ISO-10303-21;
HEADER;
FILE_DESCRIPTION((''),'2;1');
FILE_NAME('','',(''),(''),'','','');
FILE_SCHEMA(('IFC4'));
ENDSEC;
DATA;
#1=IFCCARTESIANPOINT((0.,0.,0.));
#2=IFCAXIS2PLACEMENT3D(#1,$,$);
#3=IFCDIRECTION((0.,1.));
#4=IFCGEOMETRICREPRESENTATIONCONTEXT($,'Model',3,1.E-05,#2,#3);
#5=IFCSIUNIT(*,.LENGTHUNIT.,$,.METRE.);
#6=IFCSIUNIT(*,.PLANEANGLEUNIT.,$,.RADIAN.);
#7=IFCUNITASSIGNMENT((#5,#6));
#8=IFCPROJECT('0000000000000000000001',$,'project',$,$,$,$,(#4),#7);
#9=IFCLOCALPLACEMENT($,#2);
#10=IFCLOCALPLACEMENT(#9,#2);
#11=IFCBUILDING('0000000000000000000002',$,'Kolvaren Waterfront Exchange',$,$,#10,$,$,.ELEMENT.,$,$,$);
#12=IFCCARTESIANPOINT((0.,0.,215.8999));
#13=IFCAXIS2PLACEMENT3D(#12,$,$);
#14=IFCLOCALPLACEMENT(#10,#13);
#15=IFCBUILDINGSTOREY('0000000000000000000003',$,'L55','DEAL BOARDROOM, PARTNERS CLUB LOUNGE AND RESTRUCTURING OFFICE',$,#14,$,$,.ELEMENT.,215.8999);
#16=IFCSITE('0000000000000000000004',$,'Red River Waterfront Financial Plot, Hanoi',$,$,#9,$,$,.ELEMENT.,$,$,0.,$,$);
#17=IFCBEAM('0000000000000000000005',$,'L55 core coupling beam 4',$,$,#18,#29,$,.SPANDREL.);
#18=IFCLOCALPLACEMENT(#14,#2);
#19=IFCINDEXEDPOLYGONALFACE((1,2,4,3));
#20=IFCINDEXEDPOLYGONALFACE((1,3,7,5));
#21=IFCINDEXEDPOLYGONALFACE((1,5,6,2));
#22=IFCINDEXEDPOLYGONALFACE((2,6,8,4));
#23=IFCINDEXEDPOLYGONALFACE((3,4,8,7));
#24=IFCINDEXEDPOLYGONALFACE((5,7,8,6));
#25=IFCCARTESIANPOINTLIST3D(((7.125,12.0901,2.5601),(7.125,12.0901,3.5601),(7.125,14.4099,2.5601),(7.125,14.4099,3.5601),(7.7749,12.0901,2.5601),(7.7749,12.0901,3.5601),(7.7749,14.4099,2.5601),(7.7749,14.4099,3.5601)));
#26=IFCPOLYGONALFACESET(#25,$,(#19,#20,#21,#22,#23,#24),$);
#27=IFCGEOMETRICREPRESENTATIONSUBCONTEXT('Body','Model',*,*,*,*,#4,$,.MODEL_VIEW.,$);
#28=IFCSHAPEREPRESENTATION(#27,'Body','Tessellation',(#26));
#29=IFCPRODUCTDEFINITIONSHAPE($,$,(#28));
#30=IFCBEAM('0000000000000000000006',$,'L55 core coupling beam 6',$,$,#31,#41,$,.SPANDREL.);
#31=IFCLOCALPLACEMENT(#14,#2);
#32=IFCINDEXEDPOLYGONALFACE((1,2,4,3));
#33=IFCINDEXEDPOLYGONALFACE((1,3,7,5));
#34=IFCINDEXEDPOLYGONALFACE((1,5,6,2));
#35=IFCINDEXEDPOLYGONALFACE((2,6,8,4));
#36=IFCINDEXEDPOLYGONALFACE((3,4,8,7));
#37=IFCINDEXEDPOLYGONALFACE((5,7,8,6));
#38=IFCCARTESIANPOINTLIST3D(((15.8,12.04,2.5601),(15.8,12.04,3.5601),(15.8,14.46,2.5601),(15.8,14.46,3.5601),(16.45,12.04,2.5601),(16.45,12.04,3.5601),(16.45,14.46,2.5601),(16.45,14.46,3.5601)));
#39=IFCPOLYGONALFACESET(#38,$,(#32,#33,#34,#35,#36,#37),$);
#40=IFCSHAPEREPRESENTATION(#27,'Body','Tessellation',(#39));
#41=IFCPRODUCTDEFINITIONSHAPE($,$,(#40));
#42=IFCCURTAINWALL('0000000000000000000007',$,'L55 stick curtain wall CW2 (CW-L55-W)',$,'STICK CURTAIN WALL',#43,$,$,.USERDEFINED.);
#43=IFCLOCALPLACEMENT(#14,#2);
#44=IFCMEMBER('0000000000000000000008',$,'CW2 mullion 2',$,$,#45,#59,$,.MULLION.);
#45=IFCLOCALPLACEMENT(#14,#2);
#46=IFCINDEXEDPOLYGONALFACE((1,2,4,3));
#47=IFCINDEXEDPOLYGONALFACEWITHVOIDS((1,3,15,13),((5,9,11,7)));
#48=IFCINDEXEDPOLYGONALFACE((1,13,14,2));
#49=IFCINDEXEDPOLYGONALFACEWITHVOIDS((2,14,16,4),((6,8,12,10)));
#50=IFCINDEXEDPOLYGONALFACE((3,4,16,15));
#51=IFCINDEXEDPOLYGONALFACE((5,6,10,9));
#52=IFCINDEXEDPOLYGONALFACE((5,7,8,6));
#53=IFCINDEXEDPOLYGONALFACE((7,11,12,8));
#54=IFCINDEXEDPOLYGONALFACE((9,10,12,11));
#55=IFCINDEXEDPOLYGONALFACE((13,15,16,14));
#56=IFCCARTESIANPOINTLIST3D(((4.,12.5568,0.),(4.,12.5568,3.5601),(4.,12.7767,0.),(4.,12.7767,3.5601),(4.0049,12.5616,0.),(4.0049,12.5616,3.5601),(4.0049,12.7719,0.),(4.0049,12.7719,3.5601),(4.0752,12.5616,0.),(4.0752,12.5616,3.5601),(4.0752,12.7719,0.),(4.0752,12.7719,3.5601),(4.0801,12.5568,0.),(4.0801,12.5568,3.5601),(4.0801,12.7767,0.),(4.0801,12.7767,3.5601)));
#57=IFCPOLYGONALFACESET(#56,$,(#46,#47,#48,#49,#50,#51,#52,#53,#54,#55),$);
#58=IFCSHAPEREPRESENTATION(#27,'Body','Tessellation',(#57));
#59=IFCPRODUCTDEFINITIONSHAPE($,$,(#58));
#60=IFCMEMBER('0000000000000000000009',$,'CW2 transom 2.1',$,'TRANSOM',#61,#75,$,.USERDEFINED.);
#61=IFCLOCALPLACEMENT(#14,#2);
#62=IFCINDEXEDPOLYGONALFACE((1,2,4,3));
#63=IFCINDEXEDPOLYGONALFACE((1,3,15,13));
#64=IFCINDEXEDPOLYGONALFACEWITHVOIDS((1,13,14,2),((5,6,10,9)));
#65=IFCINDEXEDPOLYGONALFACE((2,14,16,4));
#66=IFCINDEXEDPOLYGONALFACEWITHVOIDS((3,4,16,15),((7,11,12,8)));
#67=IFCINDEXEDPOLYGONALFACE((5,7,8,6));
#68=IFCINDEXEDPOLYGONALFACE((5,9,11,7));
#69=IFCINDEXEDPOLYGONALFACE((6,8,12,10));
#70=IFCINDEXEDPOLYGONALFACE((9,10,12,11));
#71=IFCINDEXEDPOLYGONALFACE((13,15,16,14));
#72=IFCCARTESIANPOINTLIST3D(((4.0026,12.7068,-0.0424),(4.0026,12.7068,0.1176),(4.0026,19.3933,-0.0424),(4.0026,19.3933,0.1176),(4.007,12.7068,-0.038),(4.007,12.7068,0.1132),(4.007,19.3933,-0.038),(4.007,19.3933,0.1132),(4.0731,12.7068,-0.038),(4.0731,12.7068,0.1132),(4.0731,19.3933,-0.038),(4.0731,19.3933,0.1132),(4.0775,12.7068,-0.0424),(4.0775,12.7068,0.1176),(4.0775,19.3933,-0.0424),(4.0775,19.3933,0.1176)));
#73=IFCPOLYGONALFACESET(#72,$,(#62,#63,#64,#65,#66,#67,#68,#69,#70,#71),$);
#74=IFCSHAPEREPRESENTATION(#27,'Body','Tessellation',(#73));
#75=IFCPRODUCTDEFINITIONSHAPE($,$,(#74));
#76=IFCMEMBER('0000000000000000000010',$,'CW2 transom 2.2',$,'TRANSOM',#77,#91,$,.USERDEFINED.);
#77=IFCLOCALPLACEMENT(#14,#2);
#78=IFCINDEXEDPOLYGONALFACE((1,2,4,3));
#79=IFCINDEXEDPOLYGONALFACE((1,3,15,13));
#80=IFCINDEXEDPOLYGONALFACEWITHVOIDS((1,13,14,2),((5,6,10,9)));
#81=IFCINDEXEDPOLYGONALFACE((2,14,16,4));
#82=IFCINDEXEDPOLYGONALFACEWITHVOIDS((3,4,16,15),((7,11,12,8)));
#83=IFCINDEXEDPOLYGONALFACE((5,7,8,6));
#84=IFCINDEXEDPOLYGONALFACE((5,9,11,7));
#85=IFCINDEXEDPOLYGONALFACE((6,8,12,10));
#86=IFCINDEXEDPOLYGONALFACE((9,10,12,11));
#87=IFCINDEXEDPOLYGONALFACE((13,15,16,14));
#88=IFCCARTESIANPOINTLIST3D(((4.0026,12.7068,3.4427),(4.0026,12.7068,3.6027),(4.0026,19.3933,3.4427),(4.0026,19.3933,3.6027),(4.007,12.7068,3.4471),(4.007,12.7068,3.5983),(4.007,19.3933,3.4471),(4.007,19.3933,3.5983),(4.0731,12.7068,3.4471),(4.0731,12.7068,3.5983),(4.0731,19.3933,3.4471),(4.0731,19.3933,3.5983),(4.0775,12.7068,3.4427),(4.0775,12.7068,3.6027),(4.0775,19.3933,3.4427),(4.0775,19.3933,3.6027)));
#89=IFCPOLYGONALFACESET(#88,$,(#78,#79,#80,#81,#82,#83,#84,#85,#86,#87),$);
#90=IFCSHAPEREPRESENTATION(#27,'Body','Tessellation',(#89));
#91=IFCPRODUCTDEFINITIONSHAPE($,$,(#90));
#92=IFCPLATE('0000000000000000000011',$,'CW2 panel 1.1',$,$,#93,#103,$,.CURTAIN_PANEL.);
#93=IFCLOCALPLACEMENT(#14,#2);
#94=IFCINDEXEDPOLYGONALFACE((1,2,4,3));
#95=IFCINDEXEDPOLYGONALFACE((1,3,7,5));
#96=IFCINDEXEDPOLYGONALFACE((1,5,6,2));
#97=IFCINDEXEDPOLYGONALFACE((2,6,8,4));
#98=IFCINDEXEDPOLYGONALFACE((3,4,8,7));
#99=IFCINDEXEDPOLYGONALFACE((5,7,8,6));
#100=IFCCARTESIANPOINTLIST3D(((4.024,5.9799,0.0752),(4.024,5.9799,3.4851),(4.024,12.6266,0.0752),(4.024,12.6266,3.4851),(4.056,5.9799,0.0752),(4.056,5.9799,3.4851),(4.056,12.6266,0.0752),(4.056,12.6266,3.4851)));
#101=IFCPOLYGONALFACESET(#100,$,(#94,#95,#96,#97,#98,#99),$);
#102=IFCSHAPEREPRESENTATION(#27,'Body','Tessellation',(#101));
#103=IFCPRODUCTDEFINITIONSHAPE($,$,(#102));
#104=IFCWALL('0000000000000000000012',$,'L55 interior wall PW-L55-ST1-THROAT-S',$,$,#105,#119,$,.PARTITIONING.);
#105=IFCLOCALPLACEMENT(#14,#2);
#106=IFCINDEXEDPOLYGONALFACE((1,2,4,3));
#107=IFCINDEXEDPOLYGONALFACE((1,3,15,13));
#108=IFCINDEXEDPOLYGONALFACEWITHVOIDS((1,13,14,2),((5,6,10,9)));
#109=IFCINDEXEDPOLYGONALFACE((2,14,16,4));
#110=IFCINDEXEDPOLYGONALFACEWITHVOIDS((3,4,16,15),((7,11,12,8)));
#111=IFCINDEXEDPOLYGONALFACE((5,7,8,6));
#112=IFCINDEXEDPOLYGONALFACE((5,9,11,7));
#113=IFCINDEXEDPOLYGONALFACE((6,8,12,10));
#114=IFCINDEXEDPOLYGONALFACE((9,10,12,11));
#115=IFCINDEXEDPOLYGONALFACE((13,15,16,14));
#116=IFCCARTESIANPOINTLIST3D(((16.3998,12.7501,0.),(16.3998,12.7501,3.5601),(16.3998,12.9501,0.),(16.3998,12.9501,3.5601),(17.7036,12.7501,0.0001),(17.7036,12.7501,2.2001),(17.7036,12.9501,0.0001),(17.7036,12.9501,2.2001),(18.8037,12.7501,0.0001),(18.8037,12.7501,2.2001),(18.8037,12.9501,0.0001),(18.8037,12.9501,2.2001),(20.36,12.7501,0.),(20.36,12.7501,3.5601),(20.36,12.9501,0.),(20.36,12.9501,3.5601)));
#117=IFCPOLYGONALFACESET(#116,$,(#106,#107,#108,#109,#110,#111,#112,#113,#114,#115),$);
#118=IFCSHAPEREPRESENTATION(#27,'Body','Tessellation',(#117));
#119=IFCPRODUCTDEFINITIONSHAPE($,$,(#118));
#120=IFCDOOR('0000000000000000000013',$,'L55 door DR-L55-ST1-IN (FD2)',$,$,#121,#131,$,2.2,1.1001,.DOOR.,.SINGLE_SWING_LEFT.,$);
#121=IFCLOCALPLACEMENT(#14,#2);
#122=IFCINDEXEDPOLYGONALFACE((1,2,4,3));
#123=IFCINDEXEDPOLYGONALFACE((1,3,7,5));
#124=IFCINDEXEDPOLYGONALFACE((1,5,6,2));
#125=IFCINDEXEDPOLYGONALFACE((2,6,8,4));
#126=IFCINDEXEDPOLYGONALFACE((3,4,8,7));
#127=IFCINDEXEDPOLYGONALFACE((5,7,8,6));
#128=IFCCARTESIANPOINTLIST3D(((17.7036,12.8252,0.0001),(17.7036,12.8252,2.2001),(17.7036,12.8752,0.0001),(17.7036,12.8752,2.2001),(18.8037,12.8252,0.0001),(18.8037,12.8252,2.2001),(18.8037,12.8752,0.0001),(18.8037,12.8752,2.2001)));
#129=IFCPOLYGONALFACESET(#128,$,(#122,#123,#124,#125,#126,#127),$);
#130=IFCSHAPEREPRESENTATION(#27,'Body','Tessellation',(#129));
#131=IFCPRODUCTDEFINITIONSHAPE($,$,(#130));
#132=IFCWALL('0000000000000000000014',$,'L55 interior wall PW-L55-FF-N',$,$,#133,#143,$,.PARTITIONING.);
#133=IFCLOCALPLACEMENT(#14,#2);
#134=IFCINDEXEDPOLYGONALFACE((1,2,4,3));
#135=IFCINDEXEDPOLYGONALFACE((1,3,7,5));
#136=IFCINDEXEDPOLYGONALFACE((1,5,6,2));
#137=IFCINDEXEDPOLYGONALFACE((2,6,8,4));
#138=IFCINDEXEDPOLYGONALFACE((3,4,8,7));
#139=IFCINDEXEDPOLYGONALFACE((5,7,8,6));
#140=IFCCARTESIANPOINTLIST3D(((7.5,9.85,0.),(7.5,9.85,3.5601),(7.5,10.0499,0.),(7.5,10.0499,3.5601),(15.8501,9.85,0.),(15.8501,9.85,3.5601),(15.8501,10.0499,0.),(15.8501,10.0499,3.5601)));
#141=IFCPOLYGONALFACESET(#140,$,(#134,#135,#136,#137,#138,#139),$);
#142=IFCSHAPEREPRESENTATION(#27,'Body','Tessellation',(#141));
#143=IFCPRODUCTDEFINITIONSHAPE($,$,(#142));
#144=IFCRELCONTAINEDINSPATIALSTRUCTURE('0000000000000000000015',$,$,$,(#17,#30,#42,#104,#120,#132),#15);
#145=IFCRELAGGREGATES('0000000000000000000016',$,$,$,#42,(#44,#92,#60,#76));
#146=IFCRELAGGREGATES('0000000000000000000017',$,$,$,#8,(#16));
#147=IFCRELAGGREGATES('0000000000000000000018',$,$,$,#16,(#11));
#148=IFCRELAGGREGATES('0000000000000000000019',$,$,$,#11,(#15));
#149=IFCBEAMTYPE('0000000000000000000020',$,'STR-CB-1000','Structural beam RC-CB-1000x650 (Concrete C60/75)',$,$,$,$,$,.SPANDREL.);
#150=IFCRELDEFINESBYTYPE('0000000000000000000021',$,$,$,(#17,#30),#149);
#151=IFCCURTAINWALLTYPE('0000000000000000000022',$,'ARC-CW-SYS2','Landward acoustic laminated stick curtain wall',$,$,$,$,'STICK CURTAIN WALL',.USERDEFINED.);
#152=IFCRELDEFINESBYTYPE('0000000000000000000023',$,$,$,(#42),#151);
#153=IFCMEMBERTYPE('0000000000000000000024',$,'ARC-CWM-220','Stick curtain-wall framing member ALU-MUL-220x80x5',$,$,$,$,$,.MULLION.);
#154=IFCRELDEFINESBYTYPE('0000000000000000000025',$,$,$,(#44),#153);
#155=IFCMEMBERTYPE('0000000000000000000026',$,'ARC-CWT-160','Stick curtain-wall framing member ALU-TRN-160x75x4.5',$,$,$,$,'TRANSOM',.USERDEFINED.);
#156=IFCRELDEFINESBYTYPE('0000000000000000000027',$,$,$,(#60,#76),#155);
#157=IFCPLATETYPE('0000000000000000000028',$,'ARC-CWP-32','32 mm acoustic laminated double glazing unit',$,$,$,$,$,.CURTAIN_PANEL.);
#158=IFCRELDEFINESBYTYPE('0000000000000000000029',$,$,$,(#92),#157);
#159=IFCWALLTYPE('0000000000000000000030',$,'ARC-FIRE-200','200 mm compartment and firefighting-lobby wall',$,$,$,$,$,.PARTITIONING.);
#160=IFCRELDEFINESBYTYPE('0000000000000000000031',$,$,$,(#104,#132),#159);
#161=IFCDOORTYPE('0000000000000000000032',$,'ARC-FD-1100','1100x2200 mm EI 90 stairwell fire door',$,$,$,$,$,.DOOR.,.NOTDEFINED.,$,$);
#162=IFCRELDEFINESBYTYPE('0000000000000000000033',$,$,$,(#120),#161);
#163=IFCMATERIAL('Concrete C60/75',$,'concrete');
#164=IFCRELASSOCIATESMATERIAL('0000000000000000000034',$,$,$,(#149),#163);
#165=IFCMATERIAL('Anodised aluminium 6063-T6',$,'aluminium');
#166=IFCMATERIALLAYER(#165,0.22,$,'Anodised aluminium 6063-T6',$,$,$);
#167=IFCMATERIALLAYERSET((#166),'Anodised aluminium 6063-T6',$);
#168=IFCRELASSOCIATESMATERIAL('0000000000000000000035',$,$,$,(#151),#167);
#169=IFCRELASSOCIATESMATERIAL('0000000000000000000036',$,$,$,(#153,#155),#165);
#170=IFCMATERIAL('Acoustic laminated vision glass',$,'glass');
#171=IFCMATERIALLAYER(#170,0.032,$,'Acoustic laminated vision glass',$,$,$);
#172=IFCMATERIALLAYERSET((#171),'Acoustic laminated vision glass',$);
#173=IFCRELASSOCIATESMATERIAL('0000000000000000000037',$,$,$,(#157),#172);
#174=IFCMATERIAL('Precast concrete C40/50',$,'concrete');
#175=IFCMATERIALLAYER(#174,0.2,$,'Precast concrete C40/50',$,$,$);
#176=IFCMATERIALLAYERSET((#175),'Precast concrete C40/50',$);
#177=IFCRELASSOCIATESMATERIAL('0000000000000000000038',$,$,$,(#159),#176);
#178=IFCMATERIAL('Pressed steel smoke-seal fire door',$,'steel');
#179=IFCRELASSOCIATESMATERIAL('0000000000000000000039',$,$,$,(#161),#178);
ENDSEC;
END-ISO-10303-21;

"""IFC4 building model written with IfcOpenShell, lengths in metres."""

from ifc_helpers import new_model, si_unit, direction, frame, frame_2d, origin, origin_with_axes, origin_2d, place, context, subcontext, project, spatial, rectangle, hollow_rectangle, extrude, source, transform, mapped, material, layer, layer_set, material_profile, profile_set, type_object, element, fill, aggregate, save


model = new_model("IFC4")

# Units and contexts
model_context = context("Model", 3, precision=1e-05, world=origin(), true_north=direction((0.0, 1.0)))
body_context = subcontext(model_context, "Body", "Model", "MODEL_VIEW")
ifc_project = project(units=[si_unit("LENGTHUNIT", "METRE"), si_unit("PLANEANGLEUNIT", "RADIAN")], contexts=[model_context])

# Site, building, storey
site_placement = place(None, origin())
site = spatial("IfcSite", under=ifc_project, at=site_placement, Name="Red River Waterfront Financial Plot, Hanoi", CompositionType="ELEMENT", RefElevation=0.0)
building_placement = place(site_placement, origin())
building = spatial("IfcBuilding", under=site, at=building_placement, Name="Kolvaren Waterfront Exchange", CompositionType="ELEMENT")
storey_placement = place(building_placement, frame((0.0, 0.0, 215.8999)))
storey = spatial("IfcBuildingStorey", under=building, at=storey_placement, Name="L55", Description="DEAL BOARDROOM, PARTNERS CLUB LOUNGE AND RESTRUCTURING OFFICE", CompositionType="ELEMENT", Elevation=215.8999)

# Beams
ifc_material_1 = material(Name="Concrete C60/75", Category="concrete")
ifc_material_profile_1 = material_profile(ifc_material_1, rectangle(XDim=0.6499, YDim=1.0, at=origin_2d()), Name="RC-CB-1000x650")
ifc_profile_set_1 = profile_set([ifc_material_profile_1], Name="Concrete C60/75")
beam_type = type_object("IfcBeamType", Name="STR-CB-1000", Description="Structural beam RC-CB-1000x650 (Concrete C60/75)", PredefinedType="SPANDREL", material=ifc_profile_set_1)
beam_1_placement = place(storey_placement, frame((7.45, 12.0901, 3.0601), z_axis=(0.0, 1.0, 0.0), x_axis=(-1.0, 0.0, 0.0)))
element("IfcBeam", 1, at=beam_1_placement, inside=storey, type_object=beam_type, Name="L55 core coupling beam 4", PredefinedType="SPANDREL", context=body_context, shape_type="SweptSolid", body=[
    extrude(rectangle(XDim=0.6499, YDim=1.0, at=origin_2d()), origin(), (0.0, 0.0, 1.0), 2.3198),
])
beam_2_placement = place(storey_placement, frame((16.125, 12.04, 3.0601), z_axis=(0.0, 1.0, 0.0), x_axis=(-1.0, 0.0, 0.0)))
element("IfcBeam", 2, at=beam_2_placement, inside=storey, type_object=beam_type, Name="L55 core coupling beam 6", PredefinedType="SPANDREL", context=body_context, shape_type="SweptSolid", body=[
    extrude(rectangle(XDim=0.6499, YDim=1.0, at=origin_2d()), origin(), (0.0, 0.0, 1.0), 2.4199),
])

# Curtain wall, members, plate
ifc_material_2 = material(Name="Anodised aluminium 6063-T6", Category="aluminium")
ifc_layer_1 = layer(ifc_material_2, 0.22, Name="Anodised aluminium 6063-T6")
ifc_layer_set_1 = layer_set([ifc_layer_1], Name="Anodised aluminium 6063-T6")
curtain_wall_type = type_object("IfcCurtainWallType", Name="ARC-CW-SYS2", Description="Landward acoustic laminated stick curtain wall", ElementType="STICK CURTAIN WALL", PredefinedType="USERDEFINED", material=ifc_layer_set_1)
curtain_wall_placement = place(storey_placement, origin())
curtain_wall = element("IfcCurtainWall", 3, at=curtain_wall_placement, inside=storey, type_object=curtain_wall_type, Name="L55 stick curtain wall CW2 (CW-L55-W)", ObjectType="STICK CURTAIN WALL", PredefinedType="USERDEFINED")
ifc_material_profile_2 = material_profile(ifc_material_2, hollow_rectangle(XDim=0.0801, YDim=0.22, WallThickness=0.0049, at=origin_2d()), Name="ALU-MUL-220x80x5")
ifc_profile_set_2 = profile_set([ifc_material_profile_2], Name="Anodised aluminium 6063-T6")
member_type_1 = type_object("IfcMemberType", Name="ARC-CWM-220", Description="Stick curtain-wall framing member ALU-MUL-220x80x5", PredefinedType="MULLION", material=ifc_profile_set_2)
shared_shape_1 = source(origin_with_axes(), body_context, "Body", "SweptSolid", [
    extrude(hollow_rectangle(XDim=0.0801, YDim=0.22, WallThickness=0.0049, at=origin_2d()), origin(), (0.0, 0.0, 1.0), 3.5601),
])
member_1_placement = place(storey_placement, frame((4.04, 12.6667, 0.0), z_axis=(0.0, 0.0, 1.0), x_axis=(-1.0, 0.0, 0.0)))
member_1 = element("IfcMember", 4, at=member_1_placement, type_object=member_type_1, Name="CW2 mullion 2", PredefinedType="MULLION", context=body_context, shape_type="MappedRepresentation", body=[
    mapped(shared_shape_1, transform((0.0, 0.0, 0.0), x_axis=(1.0, 0.0, 0.0), y_axis=(0.0, 1.0, 0.0), z_axis=(0.0, 0.0, 1.0), scale=1.0)),
])
ifc_material_profile_3 = material_profile(ifc_material_2, hollow_rectangle(XDim=0.075, YDim=0.1599, WallThickness=0.0044, at=origin_2d()), Name="ALU-TRN-160x75x4.5")
ifc_profile_set_3 = profile_set([ifc_material_profile_3], Name="Anodised aluminium 6063-T6")
member_type_2 = type_object("IfcMemberType", Name="ARC-CWT-160", Description="Stick curtain-wall framing member ALU-TRN-160x75x4.5", ElementType="TRANSOM", PredefinedType="USERDEFINED", material=ifc_profile_set_3)
shared_shape_2 = source(origin_with_axes(), body_context, "Body", "SweptSolid", [
    extrude(hollow_rectangle(XDim=0.075, YDim=0.1599, WallThickness=0.0044, at=origin_2d()), origin(), (0.0, 0.0, 1.0), 6.6865),
])
member_2_placement = place(storey_placement, frame((4.04, 12.7068, 0.0376), z_axis=(0.0, 1.0, 0.0), x_axis=(-1.0, 0.0, 0.0)))
member_2 = element("IfcMember", 5, at=member_2_placement, type_object=member_type_2, Name="CW2 transom 2.1", ObjectType="TRANSOM", PredefinedType="USERDEFINED", context=body_context, shape_type="MappedRepresentation", body=[
    mapped(shared_shape_2, transform((0.0, 0.0, 0.0), x_axis=(1.0, 0.0, 0.0), y_axis=(0.0, 1.0, 0.0), z_axis=(0.0, 0.0, 1.0), scale=1.0)),
])
member_3_placement = place(storey_placement, frame((4.04, 12.7068, 3.5227), z_axis=(0.0, 1.0, 0.0), x_axis=(-1.0, 0.0, 0.0)))
member_3 = element("IfcMember", 6, at=member_3_placement, type_object=member_type_2, Name="CW2 transom 2.2", ObjectType="TRANSOM", PredefinedType="USERDEFINED", context=body_context, shape_type="MappedRepresentation", body=[
    mapped(shared_shape_2, transform((0.0, 0.0, 0.0), x_axis=(1.0, 0.0, 0.0), y_axis=(0.0, 1.0, 0.0), z_axis=(0.0, 0.0, 1.0), scale=1.0)),
])
ifc_material_3 = material(Name="Acoustic laminated vision glass", Category="glass")
ifc_layer_2 = layer(ifc_material_3, 0.032, Name="Acoustic laminated vision glass")
ifc_layer_set_2 = layer_set([ifc_layer_2], Name="Acoustic laminated vision glass")
plate_type = type_object("IfcPlateType", Name="ARC-CWP-32", Description="32 mm acoustic laminated double glazing unit", PredefinedType="CURTAIN_PANEL", material=ifc_layer_set_2)
shared_shape_3 = source(origin_with_axes(), body_context, "Body", "SweptSolid", [
    extrude(rectangle(XDim=6.6467, YDim=0.032, at=origin_2d()), origin(), (0.0, 0.0, 1.0), 3.4099),
])
plate_placement = place(storey_placement, frame((4.04, 9.3032, 0.0752), z_axis=(0.0, 0.0, 1.0), x_axis=(0.0, 1.0, 0.0)))
plate = element("IfcPlate", 7, at=plate_placement, type_object=plate_type, Name="CW2 panel 1.1", PredefinedType="CURTAIN_PANEL", context=body_context, shape_type="MappedRepresentation", body=[
    mapped(shared_shape_3, transform((0.0, 0.0, 0.0), x_axis=(1.0, 0.0, 0.0), y_axis=(0.0, 1.0, 0.0), z_axis=(0.0, 0.0, 1.0), scale=1.0)),
])
aggregate(curtain_wall, [member_1, plate, member_2, member_3])

# Wall, opening, door
ifc_material_4 = material(Name="Precast concrete C40/50", Category="concrete")
ifc_layer_3 = layer(ifc_material_4, 0.2, Name="Precast concrete C40/50")
ifc_layer_set_3 = layer_set([ifc_layer_3], Name="Precast concrete C40/50")
wall_type_1 = type_object("IfcWallType", Name="ARC-FIRE-200", Description="200 mm compartment and firefighting-lobby wall", PredefinedType="PARTITIONING", material=ifc_layer_set_3)
wall_1_placement = place(storey_placement, frame((16.3999, 12.8501, 0.0), z_axis=(0.0, 0.0, 1.0), x_axis=(1.0, 0.0, 0.0)))
wall_1 = element("IfcWall", 8, at=wall_1_placement, inside=storey, type_object=wall_type_1, Name="L55 interior wall PW-L55-ST1-THROAT-S", PredefinedType="PARTITIONING", context=body_context, shape_type="SweptSolid", body=[
    extrude(rectangle(XDim=3.9602, YDim=0.2, at=frame_2d((1.98, 0.0))), origin(), (0.0, 0.0, 1.0), 3.5601),
])
opening_1_placement = place(wall_1_placement, frame((1.3037, 0.0, 0.0)))
opening_1 = element("IfcOpeningElement", 9, at=opening_1_placement, cuts=wall_1, PredefinedType="OPENING", context=body_context, shape_type="SweptSolid", body=[
    extrude(rectangle(XDim=1.1001, YDim=2.2, at=frame_2d((0.55, 1.1001))), frame((0.0, 0.1099, 0.0), z_axis=(0.0, -1.0, 0.0), x_axis=(1.0, 0.0, 0.0)), (0.0, 0.0, 1.0), 0.22),
])
ifc_material_5 = material(Name="Pressed steel smoke-seal fire door", Category="steel")
door_type_1 = type_object("IfcDoorType", Name="ARC-FD-1100", Description="1100x2200 mm EI 90 stairwell fire door", OperationType="NOTDEFINED", PredefinedType="DOOR", material=ifc_material_5)
door_1_placement = place(opening_1_placement, frame((1.1001, 0.0, 0.0), z_axis=(0.0, 0.0, 1.0), x_axis=(-1.0, 0.0, 0.0)))
door_1 = element("IfcDoor", 10, at=door_1_placement, inside=storey, type_object=door_type_1, Name="L55 door DR-L55-ST1-IN (FD2)", OperationType="SINGLE_SWING_LEFT", OverallHeight=2.2, OverallWidth=1.1001, PredefinedType="DOOR", context=body_context, shape_type="SweptSolid", body=[
    extrude(rectangle(XDim=1.1001, YDim=2.2, at=frame_2d((0.55, 1.1001))), frame((0.0, 0.0249, 0.0), z_axis=(0.0, -1.0, 0.0), x_axis=(1.0, 0.0, 0.0)), (0.0, 0.0, 1.0), 0.05),
])
fill(opening_1, door_1)

# Wall
wall_2_placement = place(storey_placement, frame((7.5, 9.95, 0.0), z_axis=(0.0, 0.0, 1.0), x_axis=(1.0, 0.0, 0.0)))
element("IfcWall", 11, at=wall_2_placement, inside=storey, type_object=wall_type_1, Name="L55 interior wall PW-L55-FF-N", PredefinedType="PARTITIONING", context=body_context, shape_type="SweptSolid", body=[
    extrude(rectangle(XDim=8.3501, YDim=0.2, at=frame_2d((4.175, 0.0))), origin(), (0.0, 0.0, 1.0), 3.5601),
])

save(model, "model.ifc")
